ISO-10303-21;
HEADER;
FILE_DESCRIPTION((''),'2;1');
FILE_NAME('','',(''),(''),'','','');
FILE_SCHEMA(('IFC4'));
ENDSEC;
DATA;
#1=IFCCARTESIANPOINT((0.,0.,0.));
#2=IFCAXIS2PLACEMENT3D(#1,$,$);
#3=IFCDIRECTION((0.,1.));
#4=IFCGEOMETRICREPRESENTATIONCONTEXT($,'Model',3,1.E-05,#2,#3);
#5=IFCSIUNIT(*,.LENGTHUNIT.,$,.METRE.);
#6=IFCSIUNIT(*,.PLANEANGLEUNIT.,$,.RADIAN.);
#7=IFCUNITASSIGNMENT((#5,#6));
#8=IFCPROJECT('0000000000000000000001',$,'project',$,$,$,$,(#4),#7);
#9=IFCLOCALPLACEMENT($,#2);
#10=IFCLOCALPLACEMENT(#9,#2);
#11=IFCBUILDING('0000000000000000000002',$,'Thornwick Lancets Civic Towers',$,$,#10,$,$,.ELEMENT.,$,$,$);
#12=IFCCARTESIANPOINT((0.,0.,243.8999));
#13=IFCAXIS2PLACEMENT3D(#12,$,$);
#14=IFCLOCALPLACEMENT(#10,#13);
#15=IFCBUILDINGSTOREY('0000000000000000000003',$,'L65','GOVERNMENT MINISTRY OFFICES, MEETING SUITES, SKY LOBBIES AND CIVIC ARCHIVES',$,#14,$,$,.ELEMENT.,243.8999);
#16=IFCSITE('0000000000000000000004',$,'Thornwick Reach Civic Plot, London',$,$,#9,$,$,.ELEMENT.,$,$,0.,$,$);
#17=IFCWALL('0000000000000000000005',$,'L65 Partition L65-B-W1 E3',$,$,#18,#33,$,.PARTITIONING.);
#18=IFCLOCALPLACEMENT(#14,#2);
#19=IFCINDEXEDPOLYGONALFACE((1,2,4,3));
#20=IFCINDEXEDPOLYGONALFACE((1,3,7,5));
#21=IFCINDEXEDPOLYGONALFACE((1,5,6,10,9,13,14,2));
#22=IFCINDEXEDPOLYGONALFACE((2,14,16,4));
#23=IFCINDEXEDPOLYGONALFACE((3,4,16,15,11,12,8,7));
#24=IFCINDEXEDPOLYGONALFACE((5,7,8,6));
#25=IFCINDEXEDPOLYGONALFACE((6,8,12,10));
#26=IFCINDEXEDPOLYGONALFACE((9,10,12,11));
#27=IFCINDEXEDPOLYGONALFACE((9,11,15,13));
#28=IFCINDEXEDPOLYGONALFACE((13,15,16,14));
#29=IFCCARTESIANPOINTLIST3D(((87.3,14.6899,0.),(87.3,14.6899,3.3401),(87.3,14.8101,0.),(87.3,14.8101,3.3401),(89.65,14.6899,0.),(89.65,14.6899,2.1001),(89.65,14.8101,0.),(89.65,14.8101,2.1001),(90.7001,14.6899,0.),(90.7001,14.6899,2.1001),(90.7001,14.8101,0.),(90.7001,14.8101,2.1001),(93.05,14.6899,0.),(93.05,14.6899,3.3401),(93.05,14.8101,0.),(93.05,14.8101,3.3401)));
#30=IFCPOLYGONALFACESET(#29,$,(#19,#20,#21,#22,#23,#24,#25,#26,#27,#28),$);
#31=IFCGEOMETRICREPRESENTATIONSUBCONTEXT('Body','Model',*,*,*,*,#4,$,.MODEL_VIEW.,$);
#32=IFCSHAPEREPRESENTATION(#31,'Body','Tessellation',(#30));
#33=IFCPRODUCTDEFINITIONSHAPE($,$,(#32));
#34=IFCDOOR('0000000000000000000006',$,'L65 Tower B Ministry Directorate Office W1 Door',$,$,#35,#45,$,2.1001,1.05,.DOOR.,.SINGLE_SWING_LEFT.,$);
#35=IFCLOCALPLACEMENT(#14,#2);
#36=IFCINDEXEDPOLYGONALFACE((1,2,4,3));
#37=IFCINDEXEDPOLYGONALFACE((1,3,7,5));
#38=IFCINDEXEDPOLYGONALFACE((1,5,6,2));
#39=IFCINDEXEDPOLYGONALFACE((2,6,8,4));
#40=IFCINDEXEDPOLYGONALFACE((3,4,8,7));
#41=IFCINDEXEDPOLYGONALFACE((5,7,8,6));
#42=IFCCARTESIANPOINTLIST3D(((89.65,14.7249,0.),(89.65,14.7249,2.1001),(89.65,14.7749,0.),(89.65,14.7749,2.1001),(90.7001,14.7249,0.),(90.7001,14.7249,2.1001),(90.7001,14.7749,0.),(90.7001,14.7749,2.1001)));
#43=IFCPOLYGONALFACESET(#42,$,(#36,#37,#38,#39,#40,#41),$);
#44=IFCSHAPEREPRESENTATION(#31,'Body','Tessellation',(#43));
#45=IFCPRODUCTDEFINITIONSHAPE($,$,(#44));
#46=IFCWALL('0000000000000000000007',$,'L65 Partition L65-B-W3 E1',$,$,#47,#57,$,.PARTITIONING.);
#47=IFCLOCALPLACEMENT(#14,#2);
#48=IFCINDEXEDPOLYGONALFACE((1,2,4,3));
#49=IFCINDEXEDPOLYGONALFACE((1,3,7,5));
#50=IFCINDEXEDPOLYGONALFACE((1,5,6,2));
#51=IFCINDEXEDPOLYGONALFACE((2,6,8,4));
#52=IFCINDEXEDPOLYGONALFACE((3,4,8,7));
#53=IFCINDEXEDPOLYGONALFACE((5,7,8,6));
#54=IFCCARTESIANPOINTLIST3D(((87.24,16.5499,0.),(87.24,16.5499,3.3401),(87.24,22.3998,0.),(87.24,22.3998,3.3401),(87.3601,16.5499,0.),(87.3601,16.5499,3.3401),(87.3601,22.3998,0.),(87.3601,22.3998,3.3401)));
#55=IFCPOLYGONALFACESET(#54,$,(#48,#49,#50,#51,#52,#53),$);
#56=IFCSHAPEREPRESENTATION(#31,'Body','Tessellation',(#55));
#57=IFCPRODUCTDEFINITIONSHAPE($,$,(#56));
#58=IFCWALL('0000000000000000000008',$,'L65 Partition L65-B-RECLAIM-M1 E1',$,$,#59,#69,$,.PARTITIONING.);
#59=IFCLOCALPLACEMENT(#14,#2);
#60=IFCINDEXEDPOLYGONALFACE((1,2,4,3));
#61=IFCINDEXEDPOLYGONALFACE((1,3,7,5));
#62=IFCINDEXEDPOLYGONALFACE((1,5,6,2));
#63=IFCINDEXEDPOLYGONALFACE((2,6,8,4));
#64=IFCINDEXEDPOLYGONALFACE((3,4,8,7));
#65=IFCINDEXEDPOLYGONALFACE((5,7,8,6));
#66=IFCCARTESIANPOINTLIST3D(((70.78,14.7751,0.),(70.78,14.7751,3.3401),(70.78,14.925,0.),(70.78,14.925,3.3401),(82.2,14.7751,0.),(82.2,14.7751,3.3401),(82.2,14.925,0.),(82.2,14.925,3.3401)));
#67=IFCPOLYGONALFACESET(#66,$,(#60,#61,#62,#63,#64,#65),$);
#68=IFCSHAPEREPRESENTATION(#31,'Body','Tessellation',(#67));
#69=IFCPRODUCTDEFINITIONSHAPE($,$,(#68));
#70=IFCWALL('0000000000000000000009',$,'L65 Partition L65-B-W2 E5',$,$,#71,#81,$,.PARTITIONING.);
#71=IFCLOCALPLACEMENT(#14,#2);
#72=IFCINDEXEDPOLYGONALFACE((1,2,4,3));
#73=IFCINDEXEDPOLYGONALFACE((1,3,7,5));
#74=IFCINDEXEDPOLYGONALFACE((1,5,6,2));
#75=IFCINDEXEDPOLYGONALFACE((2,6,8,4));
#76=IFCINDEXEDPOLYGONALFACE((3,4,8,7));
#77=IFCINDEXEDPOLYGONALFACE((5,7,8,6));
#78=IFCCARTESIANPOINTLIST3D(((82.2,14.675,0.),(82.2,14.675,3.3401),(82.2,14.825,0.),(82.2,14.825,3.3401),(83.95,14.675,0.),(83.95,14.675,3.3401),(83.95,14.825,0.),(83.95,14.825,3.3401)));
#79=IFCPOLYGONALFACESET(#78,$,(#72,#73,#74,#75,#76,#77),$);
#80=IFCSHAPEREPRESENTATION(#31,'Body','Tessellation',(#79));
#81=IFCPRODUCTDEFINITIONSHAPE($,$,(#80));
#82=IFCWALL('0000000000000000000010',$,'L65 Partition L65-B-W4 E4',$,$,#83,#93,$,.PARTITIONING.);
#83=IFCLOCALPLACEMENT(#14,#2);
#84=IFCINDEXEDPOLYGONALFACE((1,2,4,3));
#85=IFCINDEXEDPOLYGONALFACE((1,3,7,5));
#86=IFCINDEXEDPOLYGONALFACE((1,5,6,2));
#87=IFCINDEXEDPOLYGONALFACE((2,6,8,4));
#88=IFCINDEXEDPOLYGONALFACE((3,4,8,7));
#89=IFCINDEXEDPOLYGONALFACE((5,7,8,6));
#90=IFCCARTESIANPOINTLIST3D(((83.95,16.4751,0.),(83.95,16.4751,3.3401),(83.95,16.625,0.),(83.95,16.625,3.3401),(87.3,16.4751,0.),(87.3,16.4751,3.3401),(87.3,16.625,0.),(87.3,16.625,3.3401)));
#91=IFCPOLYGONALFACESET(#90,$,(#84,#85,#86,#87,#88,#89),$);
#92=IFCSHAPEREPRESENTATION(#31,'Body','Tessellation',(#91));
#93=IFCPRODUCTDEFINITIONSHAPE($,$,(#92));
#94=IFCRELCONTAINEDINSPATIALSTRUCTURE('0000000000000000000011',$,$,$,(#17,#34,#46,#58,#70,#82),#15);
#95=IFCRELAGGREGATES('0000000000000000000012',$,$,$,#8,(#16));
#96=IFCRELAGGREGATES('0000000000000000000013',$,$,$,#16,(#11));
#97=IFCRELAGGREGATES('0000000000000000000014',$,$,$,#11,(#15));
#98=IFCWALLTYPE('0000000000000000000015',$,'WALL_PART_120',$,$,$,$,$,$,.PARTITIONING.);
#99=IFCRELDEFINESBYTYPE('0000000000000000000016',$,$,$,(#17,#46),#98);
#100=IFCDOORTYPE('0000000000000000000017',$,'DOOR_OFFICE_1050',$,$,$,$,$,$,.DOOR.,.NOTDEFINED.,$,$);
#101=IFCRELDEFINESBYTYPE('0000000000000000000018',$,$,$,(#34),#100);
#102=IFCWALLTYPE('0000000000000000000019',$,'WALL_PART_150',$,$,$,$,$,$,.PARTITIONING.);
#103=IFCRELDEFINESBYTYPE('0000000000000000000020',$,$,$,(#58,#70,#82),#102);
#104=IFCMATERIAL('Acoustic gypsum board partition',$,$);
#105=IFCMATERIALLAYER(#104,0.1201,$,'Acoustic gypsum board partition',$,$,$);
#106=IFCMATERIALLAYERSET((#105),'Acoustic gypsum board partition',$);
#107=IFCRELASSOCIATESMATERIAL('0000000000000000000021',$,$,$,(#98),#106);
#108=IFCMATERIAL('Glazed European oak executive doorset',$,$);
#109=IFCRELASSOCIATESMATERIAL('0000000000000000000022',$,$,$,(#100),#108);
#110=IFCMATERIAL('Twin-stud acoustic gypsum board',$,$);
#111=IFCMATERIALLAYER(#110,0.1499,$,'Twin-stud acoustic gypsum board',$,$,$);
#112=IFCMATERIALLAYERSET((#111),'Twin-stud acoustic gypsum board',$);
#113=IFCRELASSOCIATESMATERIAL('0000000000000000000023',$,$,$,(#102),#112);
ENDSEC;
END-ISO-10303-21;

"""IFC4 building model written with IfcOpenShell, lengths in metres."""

from ifc_helpers import new_model, si_unit, direction, frame, frame_2d, origin, place, context, subcontext, project, spatial, rectangle, extrude, material, layer, layer_set, type_object, element, fill, save


model = new_model("IFC4")

# Units and contexts
model_context = context("Model", 3, precision=1e-05, world=origin(), true_north=direction((0.0, 1.0)))
body_context = subcontext(model_context, "Body", "Model", "MODEL_VIEW")
ifc_project = project(units=[si_unit("LENGTHUNIT", "METRE"), si_unit("PLANEANGLEUNIT", "RADIAN")], contexts=[model_context])

# Site, building, storey
site_placement = place(None, origin())
site = spatial("IfcSite", under=ifc_project, at=site_placement, Name="Thornwick Reach Civic Plot, London", CompositionType="ELEMENT", RefElevation=0.0)
building_placement = place(site_placement, origin())
building = spatial("IfcBuilding", under=site, at=building_placement, Name="Thornwick Lancets Civic Towers", CompositionType="ELEMENT")
storey_placement = place(building_placement, frame((0.0, 0.0, 243.8999)))
storey = spatial("IfcBuildingStorey", under=building, at=storey_placement, Name="L65", Description="GOVERNMENT MINISTRY OFFICES, MEETING SUITES, SKY LOBBIES AND CIVIC ARCHIVES", CompositionType="ELEMENT", Elevation=243.8999)

# Shared definitions
ifc_material_1 = material(Name="Acoustic gypsum board partition")
ifc_layer_1 = layer(ifc_material_1, 0.1201, Name="Acoustic gypsum board partition")
ifc_layer_set_1 = layer_set([ifc_layer_1], Name="Acoustic gypsum board partition")
wall_type_1 = type_object("IfcWallType", Name="WALL_PART_120", PredefinedType="PARTITIONING", material=ifc_layer_set_1)

# Wall, opening, door
wall_1_placement = place(storey_placement, frame((87.3, 14.75, 0.0), z_axis=(0.0, 0.0, 1.0), x_axis=(1.0, 0.0, 0.0)))
wall_1 = element("IfcWall", 1, at=wall_1_placement, inside=storey, type_object=wall_type_1, Name="L65 Partition L65-B-W1 E3", PredefinedType="PARTITIONING", context=body_context, shape_type="SweptSolid", body=[
    extrude(rectangle(XDim=5.75, YDim=0.1201, at=frame_2d((2.875, 0.0))), origin(), (0.0, 0.0, 1.0), 3.3401),
])
opening_1_placement = place(wall_1_placement, frame((2.3501, 0.0, 0.0)))
opening_1 = element("IfcOpeningElement", 2, at=opening_1_placement, cuts=wall_1, PredefinedType="OPENING", context=body_context, shape_type="SweptSolid", body=[
    extrude(rectangle(XDim=1.05, YDim=2.1001, at=frame_2d((0.5249, 1.05))), frame((0.0, 0.0701, 0.0), z_axis=(0.0, -1.0, 0.0), x_axis=(1.0, 0.0, 0.0)), (0.0, 0.0, 1.0), 0.1401),
])
ifc_material_2 = material(Name="Glazed European oak executive doorset")
door_type_1 = type_object("IfcDoorType", Name="DOOR_OFFICE_1050", OperationType="NOTDEFINED", PredefinedType="DOOR", material=ifc_material_2)
door_1_placement = place(opening_1_placement, origin())
door_1 = element("IfcDoor", 3, at=door_1_placement, inside=storey, type_object=door_type_1, Name="L65 Tower B Ministry Directorate Office W1 Door", OperationType="SINGLE_SWING_LEFT", OverallHeight=2.1001, OverallWidth=1.05, PredefinedType="DOOR", context=body_context, shape_type="SweptSolid", body=[
    extrude(rectangle(XDim=1.05, YDim=2.1001, at=frame_2d((0.5249, 1.05))), frame((0.0, 0.0249, 0.0), z_axis=(0.0, -1.0, 0.0), x_axis=(1.0, 0.0, 0.0)), (0.0, 0.0, 1.0), 0.05),
])
fill(opening_1, door_1)

# Walls
wall_2_placement = place(storey_placement, frame((87.3, 16.55, 0.0), z_axis=(0.0, 0.0, 1.0), x_axis=(0.0, 1.0, 0.0)))
element("IfcWall", 4, at=wall_2_placement, inside=storey, type_object=wall_type_1, Name="L65 Partition L65-B-W3 E1", PredefinedType="PARTITIONING", context=body_context, shape_type="SweptSolid", body=[
    extrude(rectangle(XDim=5.8499, YDim=0.1201, at=frame_2d((2.9248, 0.0))), origin(), (0.0, 0.0, 1.0), 3.3401),
])
ifc_material_3 = material(Name="Twin-stud acoustic gypsum board")
ifc_layer_2 = layer(ifc_material_3, 0.1499, Name="Twin-stud acoustic gypsum board")
ifc_layer_set_2 = layer_set([ifc_layer_2], Name="Twin-stud acoustic gypsum board")
wall_type_2 = type_object("IfcWallType", Name="WALL_PART_150", PredefinedType="PARTITIONING", material=ifc_layer_set_2)
wall_3_placement = place(storey_placement, frame((82.2, 14.8501, 0.0), z_axis=(0.0, 0.0, 1.0), x_axis=(-1.0, 0.0, 0.0)))
element("IfcWall", 5, at=wall_3_placement, inside=storey, type_object=wall_type_2, Name="L65 Partition L65-B-RECLAIM-M1 E1", PredefinedType="PARTITIONING", context=body_context, shape_type="SweptSolid", body=[
    extrude(rectangle(XDim=11.4199, YDim=0.1499, at=frame_2d((5.71, 0.0))), origin(), (0.0, 0.0, 1.0), 3.3401),
])
wall_4_placement = place(storey_placement, frame((82.2, 14.75, 0.0), z_axis=(0.0, 0.0, 1.0), x_axis=(1.0, 0.0, 0.0)))
element("IfcWall", 6, at=wall_4_placement, inside=storey, type_object=wall_type_2, Name="L65 Partition L65-B-W2 E5", PredefinedType="PARTITIONING", context=body_context, shape_type="SweptSolid", body=[
    extrude(rectangle(XDim=1.75, YDim=0.1499, at=frame_2d((0.875, 0.0))), origin(), (0.0, 0.0, 1.0), 3.3401),
])

# Wall
wall_5_placement = place(storey_placement, frame((87.3, 16.55, 0.0), z_axis=(0.0, 0.0, 1.0), x_axis=(-1.0, 0.0, 0.0)))
element("IfcWall", 7, at=wall_5_placement, inside=storey, type_object=wall_type_2, Name="L65 Partition L65-B-W4 E4", PredefinedType="PARTITIONING", context=body_context, shape_type="SweptSolid", body=[
    extrude(rectangle(XDim=3.3501, YDim=0.1499, at=frame_2d((1.675, 0.0))), origin(), (0.0, 0.0, 1.0), 3.3401),
])

save(model, "model.ifc")
